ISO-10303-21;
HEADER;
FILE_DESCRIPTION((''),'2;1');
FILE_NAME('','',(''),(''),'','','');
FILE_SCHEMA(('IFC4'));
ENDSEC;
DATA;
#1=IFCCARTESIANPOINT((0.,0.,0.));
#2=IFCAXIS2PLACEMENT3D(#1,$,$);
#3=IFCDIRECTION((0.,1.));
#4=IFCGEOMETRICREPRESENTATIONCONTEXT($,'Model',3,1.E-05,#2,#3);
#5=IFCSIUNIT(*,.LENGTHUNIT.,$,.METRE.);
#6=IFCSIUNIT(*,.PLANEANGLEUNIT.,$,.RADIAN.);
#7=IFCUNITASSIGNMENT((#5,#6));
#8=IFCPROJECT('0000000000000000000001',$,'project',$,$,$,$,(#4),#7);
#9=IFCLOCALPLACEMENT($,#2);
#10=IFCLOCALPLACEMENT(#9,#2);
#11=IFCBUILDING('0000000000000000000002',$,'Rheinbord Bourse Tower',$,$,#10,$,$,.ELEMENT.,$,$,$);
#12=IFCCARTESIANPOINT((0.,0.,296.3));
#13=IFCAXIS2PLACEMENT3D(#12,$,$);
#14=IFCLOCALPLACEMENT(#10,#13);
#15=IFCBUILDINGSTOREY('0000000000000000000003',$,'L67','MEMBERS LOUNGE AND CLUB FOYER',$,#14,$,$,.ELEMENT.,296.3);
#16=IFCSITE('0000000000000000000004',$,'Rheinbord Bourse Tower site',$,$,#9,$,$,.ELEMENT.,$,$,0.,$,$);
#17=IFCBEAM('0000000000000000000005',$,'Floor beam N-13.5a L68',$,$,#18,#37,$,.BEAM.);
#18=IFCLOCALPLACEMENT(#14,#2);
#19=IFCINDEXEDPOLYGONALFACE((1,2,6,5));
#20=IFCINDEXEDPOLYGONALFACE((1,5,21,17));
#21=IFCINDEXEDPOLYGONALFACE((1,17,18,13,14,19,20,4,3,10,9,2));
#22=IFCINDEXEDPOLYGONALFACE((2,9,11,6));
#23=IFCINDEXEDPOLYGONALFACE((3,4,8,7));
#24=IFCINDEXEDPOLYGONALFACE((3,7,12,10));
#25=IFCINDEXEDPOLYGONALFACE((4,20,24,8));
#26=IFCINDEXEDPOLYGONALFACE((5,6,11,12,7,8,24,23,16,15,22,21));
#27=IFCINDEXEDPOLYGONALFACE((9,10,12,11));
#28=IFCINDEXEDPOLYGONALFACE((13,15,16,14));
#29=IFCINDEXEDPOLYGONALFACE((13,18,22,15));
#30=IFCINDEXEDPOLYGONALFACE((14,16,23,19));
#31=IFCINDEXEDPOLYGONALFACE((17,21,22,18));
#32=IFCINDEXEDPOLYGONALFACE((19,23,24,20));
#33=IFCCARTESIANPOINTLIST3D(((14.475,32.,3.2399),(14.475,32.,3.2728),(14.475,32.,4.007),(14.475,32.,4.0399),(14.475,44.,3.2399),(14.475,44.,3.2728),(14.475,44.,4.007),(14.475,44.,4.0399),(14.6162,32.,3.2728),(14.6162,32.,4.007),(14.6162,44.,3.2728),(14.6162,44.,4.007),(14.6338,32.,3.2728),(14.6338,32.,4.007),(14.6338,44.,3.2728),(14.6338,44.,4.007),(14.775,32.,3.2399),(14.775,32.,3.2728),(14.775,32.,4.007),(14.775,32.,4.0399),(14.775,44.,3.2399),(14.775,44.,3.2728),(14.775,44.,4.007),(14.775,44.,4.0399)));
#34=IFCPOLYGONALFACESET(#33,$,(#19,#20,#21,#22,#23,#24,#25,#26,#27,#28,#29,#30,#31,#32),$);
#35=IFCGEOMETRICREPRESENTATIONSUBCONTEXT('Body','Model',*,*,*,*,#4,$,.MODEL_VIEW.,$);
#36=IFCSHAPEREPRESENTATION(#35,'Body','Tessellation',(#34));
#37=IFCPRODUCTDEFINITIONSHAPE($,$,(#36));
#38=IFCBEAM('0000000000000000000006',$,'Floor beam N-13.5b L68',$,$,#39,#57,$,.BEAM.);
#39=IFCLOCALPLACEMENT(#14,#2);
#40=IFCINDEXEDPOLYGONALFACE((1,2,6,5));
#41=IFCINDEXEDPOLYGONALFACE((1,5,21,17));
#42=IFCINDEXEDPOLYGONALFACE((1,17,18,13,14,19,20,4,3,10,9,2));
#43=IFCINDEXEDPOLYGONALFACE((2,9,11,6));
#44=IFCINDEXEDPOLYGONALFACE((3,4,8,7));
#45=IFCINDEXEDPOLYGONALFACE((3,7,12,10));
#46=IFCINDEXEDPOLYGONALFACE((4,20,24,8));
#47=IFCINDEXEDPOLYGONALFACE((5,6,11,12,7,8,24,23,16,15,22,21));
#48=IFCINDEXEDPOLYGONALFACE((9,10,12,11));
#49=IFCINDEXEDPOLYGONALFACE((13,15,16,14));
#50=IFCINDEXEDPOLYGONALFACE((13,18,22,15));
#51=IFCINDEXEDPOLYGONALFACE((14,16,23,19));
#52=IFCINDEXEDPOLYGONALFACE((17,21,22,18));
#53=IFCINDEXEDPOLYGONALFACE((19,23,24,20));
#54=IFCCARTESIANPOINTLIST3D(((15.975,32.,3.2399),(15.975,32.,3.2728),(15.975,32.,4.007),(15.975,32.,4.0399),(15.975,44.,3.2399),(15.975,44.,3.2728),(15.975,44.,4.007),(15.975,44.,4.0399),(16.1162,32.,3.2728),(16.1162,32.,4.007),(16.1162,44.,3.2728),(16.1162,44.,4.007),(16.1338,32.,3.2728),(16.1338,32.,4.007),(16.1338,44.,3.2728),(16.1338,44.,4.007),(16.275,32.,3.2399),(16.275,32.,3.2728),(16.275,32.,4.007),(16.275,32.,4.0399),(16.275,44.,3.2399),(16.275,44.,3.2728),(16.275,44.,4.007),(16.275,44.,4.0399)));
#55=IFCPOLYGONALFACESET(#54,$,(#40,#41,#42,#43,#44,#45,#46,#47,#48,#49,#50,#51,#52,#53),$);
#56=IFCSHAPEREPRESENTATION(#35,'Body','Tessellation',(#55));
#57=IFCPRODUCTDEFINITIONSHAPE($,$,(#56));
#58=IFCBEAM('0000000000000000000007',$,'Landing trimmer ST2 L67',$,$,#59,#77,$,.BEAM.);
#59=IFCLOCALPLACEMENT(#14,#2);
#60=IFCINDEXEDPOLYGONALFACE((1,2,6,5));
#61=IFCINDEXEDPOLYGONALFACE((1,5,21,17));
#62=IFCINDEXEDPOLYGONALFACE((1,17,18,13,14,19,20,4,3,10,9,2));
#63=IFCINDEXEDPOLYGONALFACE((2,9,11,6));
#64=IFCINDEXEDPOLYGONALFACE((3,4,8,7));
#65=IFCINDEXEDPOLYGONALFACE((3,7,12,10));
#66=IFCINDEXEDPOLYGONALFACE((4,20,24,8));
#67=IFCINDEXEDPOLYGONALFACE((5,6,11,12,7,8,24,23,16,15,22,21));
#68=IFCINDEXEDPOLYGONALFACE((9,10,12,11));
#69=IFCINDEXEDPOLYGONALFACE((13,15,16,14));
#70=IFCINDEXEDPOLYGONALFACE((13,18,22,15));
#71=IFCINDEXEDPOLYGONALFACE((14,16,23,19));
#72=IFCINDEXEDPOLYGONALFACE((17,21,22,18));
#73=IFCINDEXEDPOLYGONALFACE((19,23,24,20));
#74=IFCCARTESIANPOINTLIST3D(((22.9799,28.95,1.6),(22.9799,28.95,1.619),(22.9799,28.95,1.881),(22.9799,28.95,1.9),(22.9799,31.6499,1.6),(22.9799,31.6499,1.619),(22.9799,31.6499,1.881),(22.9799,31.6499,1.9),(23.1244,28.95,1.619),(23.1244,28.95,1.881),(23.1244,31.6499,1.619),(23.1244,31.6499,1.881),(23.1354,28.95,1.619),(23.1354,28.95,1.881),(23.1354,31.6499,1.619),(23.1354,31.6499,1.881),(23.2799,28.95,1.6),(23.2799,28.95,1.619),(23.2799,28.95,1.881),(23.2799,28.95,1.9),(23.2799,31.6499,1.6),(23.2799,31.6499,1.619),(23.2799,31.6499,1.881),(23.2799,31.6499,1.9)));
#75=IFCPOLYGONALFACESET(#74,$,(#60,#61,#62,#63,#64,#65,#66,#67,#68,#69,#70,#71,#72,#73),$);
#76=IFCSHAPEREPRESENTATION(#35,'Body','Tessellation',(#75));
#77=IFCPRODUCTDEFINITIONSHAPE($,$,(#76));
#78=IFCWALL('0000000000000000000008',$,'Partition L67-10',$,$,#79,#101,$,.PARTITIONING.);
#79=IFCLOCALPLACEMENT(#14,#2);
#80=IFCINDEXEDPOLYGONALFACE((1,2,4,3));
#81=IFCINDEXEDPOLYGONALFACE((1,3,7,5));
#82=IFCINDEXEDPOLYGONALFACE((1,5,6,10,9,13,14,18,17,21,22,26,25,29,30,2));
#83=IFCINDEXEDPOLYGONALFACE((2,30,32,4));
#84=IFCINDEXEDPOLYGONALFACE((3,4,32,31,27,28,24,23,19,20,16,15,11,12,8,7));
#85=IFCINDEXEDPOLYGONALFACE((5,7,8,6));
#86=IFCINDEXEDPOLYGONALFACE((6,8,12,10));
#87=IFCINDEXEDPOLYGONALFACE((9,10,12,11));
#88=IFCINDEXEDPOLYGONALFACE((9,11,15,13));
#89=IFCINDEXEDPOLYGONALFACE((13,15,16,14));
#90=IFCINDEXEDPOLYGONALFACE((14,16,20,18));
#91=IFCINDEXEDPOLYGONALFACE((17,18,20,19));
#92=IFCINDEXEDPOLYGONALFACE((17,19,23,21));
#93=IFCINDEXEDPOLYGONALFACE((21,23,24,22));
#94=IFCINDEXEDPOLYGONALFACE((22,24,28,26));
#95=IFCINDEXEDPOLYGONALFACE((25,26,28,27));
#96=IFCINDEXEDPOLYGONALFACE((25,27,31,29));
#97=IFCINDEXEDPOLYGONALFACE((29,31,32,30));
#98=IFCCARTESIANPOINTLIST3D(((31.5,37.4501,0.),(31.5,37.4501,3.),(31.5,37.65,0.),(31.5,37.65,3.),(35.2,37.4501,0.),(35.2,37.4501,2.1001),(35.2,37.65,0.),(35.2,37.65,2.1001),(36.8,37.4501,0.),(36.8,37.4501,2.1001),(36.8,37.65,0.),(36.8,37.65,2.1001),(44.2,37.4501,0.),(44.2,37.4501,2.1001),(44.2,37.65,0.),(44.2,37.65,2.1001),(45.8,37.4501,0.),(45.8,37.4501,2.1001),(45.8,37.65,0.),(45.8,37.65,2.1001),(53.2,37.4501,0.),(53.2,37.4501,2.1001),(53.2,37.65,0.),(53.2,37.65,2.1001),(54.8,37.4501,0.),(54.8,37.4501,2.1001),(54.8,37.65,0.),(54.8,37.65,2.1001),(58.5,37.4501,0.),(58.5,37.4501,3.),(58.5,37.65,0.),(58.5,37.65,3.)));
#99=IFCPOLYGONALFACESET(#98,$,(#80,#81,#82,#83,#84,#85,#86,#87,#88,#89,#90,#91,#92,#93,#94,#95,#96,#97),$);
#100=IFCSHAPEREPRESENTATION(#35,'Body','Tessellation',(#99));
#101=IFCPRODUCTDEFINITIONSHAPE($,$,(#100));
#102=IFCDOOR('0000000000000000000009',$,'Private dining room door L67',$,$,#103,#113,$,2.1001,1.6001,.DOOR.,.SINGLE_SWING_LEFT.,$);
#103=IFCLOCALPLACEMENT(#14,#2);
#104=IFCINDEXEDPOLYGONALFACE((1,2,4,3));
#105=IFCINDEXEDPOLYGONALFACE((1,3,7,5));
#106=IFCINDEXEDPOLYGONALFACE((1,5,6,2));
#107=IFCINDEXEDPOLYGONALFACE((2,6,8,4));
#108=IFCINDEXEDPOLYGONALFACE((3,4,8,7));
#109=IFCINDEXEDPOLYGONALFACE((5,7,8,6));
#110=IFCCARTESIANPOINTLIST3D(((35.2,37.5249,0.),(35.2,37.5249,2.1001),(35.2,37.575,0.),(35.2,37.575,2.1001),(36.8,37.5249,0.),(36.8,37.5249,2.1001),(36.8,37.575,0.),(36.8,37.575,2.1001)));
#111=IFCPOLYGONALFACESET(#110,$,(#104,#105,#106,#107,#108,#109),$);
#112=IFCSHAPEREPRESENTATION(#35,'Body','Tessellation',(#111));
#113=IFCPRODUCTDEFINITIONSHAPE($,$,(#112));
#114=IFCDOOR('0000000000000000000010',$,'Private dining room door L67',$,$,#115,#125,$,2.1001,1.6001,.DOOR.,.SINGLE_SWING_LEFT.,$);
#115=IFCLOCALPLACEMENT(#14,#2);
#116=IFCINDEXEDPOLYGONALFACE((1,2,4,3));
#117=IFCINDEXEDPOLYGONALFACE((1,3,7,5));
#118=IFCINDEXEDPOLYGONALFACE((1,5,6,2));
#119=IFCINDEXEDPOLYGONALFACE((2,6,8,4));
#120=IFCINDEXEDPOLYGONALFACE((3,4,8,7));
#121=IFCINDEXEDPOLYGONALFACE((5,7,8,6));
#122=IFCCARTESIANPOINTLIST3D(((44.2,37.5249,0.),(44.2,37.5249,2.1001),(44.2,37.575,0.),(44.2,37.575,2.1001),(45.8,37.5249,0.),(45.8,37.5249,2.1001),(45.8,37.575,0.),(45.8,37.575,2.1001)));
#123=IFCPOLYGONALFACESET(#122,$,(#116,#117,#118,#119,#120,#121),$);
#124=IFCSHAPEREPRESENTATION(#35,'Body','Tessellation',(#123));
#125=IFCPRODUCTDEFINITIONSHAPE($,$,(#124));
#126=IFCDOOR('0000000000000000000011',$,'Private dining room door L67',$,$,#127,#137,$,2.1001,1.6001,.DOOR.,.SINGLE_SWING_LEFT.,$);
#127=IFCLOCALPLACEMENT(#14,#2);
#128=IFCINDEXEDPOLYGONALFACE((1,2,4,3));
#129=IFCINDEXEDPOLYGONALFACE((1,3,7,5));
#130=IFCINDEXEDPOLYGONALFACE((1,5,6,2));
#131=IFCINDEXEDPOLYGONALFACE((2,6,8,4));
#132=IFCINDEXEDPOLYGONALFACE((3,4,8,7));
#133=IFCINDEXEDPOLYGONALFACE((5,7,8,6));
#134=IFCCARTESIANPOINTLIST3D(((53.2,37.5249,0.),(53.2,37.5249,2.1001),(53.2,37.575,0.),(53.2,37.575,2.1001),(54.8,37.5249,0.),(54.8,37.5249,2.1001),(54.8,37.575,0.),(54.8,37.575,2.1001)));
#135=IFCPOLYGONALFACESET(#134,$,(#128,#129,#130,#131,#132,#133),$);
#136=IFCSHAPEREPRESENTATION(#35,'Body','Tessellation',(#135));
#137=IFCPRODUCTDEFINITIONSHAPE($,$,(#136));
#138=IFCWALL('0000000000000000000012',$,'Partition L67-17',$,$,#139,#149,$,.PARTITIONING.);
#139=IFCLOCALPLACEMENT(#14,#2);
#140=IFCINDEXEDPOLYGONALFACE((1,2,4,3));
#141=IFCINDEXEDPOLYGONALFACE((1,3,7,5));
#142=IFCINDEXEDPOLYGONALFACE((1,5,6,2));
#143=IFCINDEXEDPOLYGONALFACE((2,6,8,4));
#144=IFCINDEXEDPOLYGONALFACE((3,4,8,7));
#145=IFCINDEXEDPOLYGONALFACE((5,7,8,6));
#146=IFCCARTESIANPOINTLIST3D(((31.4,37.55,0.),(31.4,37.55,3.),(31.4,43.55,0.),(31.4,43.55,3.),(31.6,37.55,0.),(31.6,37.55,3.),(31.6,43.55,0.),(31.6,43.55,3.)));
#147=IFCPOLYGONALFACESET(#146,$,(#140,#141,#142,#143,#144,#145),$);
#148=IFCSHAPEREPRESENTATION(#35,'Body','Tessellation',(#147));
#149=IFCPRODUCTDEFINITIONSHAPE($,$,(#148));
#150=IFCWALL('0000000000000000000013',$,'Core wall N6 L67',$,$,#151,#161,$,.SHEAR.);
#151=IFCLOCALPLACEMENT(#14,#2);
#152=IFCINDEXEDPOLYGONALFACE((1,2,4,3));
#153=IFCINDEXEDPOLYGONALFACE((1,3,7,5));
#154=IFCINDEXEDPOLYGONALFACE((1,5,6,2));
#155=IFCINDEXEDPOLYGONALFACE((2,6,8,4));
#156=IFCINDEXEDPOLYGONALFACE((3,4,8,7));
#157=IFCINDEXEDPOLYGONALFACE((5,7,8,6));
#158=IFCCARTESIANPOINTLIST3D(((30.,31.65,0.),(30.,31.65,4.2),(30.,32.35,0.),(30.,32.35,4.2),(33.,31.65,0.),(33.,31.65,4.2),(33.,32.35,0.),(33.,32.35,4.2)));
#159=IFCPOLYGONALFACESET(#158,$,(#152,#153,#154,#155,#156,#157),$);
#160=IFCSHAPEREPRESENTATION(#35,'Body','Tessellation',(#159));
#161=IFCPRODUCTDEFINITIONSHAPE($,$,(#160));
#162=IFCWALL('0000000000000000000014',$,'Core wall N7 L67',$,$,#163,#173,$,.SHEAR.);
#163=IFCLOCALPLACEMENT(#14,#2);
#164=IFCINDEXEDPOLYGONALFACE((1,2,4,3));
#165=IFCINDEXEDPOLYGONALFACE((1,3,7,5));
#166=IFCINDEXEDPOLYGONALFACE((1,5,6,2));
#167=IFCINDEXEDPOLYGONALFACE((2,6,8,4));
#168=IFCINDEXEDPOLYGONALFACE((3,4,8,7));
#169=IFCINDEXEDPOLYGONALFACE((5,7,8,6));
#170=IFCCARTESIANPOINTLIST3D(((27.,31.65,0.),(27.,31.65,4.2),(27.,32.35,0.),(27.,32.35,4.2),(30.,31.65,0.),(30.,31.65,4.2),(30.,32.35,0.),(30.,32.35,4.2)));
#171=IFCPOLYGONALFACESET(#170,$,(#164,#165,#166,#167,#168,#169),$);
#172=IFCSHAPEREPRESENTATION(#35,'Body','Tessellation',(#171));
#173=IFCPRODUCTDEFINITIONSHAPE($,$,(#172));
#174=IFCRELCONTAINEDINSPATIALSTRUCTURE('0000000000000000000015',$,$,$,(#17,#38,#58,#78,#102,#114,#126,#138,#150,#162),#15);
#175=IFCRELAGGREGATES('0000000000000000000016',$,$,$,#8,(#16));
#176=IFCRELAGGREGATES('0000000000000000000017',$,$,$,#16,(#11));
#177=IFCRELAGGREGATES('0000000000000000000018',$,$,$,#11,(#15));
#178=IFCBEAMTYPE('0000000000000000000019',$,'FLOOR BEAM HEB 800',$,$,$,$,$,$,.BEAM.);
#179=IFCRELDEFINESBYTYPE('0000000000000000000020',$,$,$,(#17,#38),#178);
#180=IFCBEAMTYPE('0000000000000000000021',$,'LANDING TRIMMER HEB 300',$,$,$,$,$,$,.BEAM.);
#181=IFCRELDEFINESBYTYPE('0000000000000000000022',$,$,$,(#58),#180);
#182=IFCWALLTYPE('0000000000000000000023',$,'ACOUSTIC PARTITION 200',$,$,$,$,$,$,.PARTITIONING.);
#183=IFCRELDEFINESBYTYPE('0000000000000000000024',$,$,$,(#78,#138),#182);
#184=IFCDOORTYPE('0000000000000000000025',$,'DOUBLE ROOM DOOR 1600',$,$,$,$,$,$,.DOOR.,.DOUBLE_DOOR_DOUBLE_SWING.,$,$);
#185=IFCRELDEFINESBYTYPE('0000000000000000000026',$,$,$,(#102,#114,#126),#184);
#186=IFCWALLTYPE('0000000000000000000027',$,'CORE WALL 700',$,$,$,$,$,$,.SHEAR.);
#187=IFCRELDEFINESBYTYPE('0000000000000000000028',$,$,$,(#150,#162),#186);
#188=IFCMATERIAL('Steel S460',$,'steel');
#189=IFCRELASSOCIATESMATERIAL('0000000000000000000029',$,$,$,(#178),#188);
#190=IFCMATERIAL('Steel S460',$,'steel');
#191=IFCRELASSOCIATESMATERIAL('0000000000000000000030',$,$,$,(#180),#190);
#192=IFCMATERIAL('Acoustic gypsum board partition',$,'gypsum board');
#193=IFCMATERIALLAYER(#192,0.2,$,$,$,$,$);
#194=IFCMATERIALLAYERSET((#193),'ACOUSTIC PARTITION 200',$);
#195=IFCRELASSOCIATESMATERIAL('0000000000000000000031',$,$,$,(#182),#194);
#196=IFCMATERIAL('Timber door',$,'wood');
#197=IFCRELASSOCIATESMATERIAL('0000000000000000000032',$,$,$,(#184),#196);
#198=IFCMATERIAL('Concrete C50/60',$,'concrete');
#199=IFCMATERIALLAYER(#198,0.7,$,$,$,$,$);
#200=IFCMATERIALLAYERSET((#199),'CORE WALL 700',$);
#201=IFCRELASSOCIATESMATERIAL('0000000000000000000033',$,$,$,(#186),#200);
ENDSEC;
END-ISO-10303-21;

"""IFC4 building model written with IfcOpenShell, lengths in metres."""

from ifc_helpers import new_model, si_unit, direction, frame, frame_2d, origin, origin_2d, place, context, subcontext, project, spatial, rectangle, i_section, extrude, material, layer, layer_set, material_profile, profile_set, type_object, element, fill, save


model = new_model("IFC4")

# Units and contexts
model_context = context("Model", 3, precision=1e-05, world=origin(), true_north=direction((0.0, 1.0)))
body_context = subcontext(model_context, "Body", "Model", "MODEL_VIEW")
ifc_project = project(units=[si_unit("LENGTHUNIT", "METRE"), si_unit("PLANEANGLEUNIT", "RADIAN")], contexts=[model_context])

# Site, building, storey
site_placement = place(None, origin())
site = spatial("IfcSite", under=ifc_project, at=site_placement, Name="Rheinbord Bourse Tower site", CompositionType="ELEMENT", RefElevation=0.0)
building_placement = place(site_placement, origin())
building = spatial("IfcBuilding", under=site, at=building_placement, Name="Rheinbord Bourse Tower", CompositionType="ELEMENT")
storey_placement = place(building_placement, frame((0.0, 0.0, 296.3)))
storey = spatial("IfcBuildingStorey", under=building, at=storey_placement, Name="L67", Description="MEMBERS LOUNGE AND CLUB FOYER", CompositionType="ELEMENT", Elevation=296.3)

# Beams
ifc_material_1 = material(Name="Steel S460", Category="steel")
ifc_material_profile_1 = material_profile(ifc_material_1, i_section(OverallWidth=0.3, OverallDepth=0.8, WebThickness=0.0176, FlangeThickness=0.033, at=origin_2d()), Name="HEB 800")
ifc_profile_set_1 = profile_set([ifc_material_profile_1], Name="Steel S460")
beam_type_1 = type_object("IfcBeamType", Name="FLOOR BEAM HEB 800", PredefinedType="BEAM", material=ifc_profile_set_1)
for number, where, z_axis, x_axis, name in (
    (1, (14.625, 44.0, 3.6399), (0.0, -1.0, 0.0), (1.0, 0.0, 0.0), "Floor beam N-13.5a L68"),
    (2, (16.125, 44.0, 3.6399), (0.0, -1.0, 0.0), (1.0, 0.0, 0.0), "Floor beam N-13.5b L68"),
):
    element("IfcBeam", number, at=place(storey_placement, frame(where, z_axis=z_axis, x_axis=x_axis)), inside=storey, type_object=beam_type_1, Name=name, PredefinedType="BEAM", context=body_context, shape_type="SweptSolid", body=[
        extrude(i_section(OverallWidth=0.3, OverallDepth=0.8, WebThickness=0.0176, FlangeThickness=0.033, at=origin_2d()), origin(), (0.0, 0.0, 1.0), 12.0),
    ])
ifc_material_2 = material(Name="Steel S460", Category="steel")
ifc_material_profile_2 = material_profile(ifc_material_2, i_section(OverallWidth=0.3, OverallDepth=0.3, WebThickness=0.011, FlangeThickness=0.019, at=origin_2d()), Name="HEB 300")
ifc_profile_set_2 = profile_set([ifc_material_profile_2], Name="Steel S460")
beam_type_2 = type_object("IfcBeamType", Name="LANDING TRIMMER HEB 300", PredefinedType="BEAM", material=ifc_profile_set_2)
beam_placement = place(storey_placement, frame((23.1299, 28.95, 1.75), z_axis=(0.0, 1.0, 0.0), x_axis=(-1.0, 0.0, 0.0)))
element("IfcBeam", 3, at=beam_placement, inside=storey, type_object=beam_type_2, Name="Landing trimmer ST2 L67", PredefinedType="BEAM", context=body_context, shape_type="SweptSolid", body=[
    extrude(i_section(OverallWidth=0.3, OverallDepth=0.3, WebThickness=0.011, FlangeThickness=0.019, at=origin_2d()), origin(), (0.0, 0.0, 1.0), 2.7),
])

# Wall, openings, doors
ifc_material_3 = material(Name="Acoustic gypsum board partition", Category="gypsum board")
ifc_layer_1 = layer(ifc_material_3, 0.2)
ifc_layer_set_1 = layer_set([ifc_layer_1], Name="ACOUSTIC PARTITION 200")
wall_type_1 = type_object("IfcWallType", Name="ACOUSTIC PARTITION 200", PredefinedType="PARTITIONING", material=ifc_layer_set_1)
wall_1_placement = place(storey_placement, frame((31.5, 37.55, 0.0), z_axis=(0.0, 0.0, 1.0), x_axis=(1.0, 0.0, 0.0)))
wall_1 = element("IfcWall", 4, at=wall_1_placement, inside=storey, type_object=wall_type_1, Name="Partition L67-10", PredefinedType="PARTITIONING", context=body_context, shape_type="SweptSolid", body=[
    extrude(rectangle(XDim=27.0, YDim=0.2, at=frame_2d((13.5, 0.0))), origin(), (0.0, 0.0, 1.0), 3.0),
])
opening_1_placement = place(wall_1_placement, frame((3.7, 0.0, 0.0)))
opening_1 = element("IfcOpeningElement", 5, at=opening_1_placement, cuts=wall_1, PredefinedType="OPENING", context=body_context, shape_type="SweptSolid", body=[
    extrude(rectangle(XDim=1.6001, YDim=2.1001, at=frame_2d((0.8, 1.05))), frame((0.0, 0.1099, 0.0), z_axis=(0.0, -1.0, 0.0), x_axis=(1.0, 0.0, 0.0)), (0.0, 0.0, 1.0), 0.22),
])
opening_2_placement = place(wall_1_placement, frame((12.7, 0.0, 0.0)))
opening_2 = element("IfcOpeningElement", 6, at=opening_2_placement, cuts=wall_1, PredefinedType="OPENING", context=body_context, shape_type="SweptSolid", body=[
    extrude(rectangle(XDim=1.6001, YDim=2.1001, at=frame_2d((0.8, 1.05))), frame((0.0, 0.1099, 0.0), z_axis=(0.0, -1.0, 0.0), x_axis=(1.0, 0.0, 0.0)), (0.0, 0.0, 1.0), 0.22),
])
opening_3_placement = place(wall_1_placement, frame((21.7, 0.0, 0.0)))
opening_3 = element("IfcOpeningElement", 7, at=opening_3_placement, cuts=wall_1, PredefinedType="OPENING", context=body_context, shape_type="SweptSolid", body=[
    extrude(rectangle(XDim=1.6001, YDim=2.1001, at=frame_2d((0.8, 1.05))), frame((0.0, 0.1099, 0.0), z_axis=(0.0, -1.0, 0.0), x_axis=(1.0, 0.0, 0.0)), (0.0, 0.0, 1.0), 0.22),
])
ifc_material_4 = material(Name="Timber door", Category="wood")
door_type = type_object("IfcDoorType", Name="DOUBLE ROOM DOOR 1600", OperationType="DOUBLE_DOOR_DOUBLE_SWING", PredefinedType="DOOR", material=ifc_material_4)
door_1_placement = place(opening_1_placement, origin())
door_1 = element("IfcDoor", 8, at=door_1_placement, inside=storey, type_object=door_type, Name="Private dining room door L67", OperationType="SINGLE_SWING_LEFT", OverallHeight=2.1001, OverallWidth=1.6001, PredefinedType="DOOR", context=body_context, shape_type="SweptSolid", body=[
    extrude(rectangle(XDim=1.6001, YDim=2.1001, at=frame_2d((0.8, 1.05))), frame((0.0, 0.0249, 0.0), z_axis=(0.0, -1.0, 0.0), x_axis=(1.0, 0.0, 0.0)), (0.0, 0.0, 1.0), 0.05),
])
fill(opening_1, door_1)
door_2_placement = place(opening_2_placement, origin())
door_2 = element("IfcDoor", 9, at=door_2_placement, inside=storey, type_object=door_type, Name="Private dining room door L67", OperationType="SINGLE_SWING_LEFT", OverallHeight=2.1001, OverallWidth=1.6001, PredefinedType="DOOR", context=body_context, shape_type="SweptSolid", body=[
    extrude(rectangle(XDim=1.6001, YDim=2.1001, at=frame_2d((0.8, 1.05))), frame((0.0, 0.0249, 0.0), z_axis=(0.0, -1.0, 0.0), x_axis=(1.0, 0.0, 0.0)), (0.0, 0.0, 1.0), 0.05),
])
fill(opening_2, door_2)
door_3_placement = place(opening_3_placement, origin())
door_3 = element("IfcDoor", 10, at=door_3_placement, inside=storey, type_object=door_type, Name="Private dining room door L67", OperationType="SINGLE_SWING_LEFT", OverallHeight=2.1001, OverallWidth=1.6001, PredefinedType="DOOR", context=body_context, shape_type="SweptSolid", body=[
    extrude(rectangle(XDim=1.6001, YDim=2.1001, at=frame_2d((0.8, 1.05))), frame((0.0, 0.0249, 0.0), z_axis=(0.0, -1.0, 0.0), x_axis=(1.0, 0.0, 0.0)), (0.0, 0.0, 1.0), 0.05),
])
fill(opening_3, door_3)

# Walls
wall_2_placement = place(storey_placement, frame((31.5, 37.55, 0.0), z_axis=(0.0, 0.0, 1.0), x_axis=(0.0, 1.0, 0.0)))
element("IfcWall", 11, at=wall_2_placement, inside=storey, type_object=wall_type_1, Name="Partition L67-17", PredefinedType="PARTITIONING", context=body_context, shape_type="SweptSolid", body=[
    extrude(rectangle(XDim=6.0, YDim=0.2, at=frame_2d((3.0, 0.0))), origin(), (0.0, 0.0, 1.0), 3.0),
])
ifc_material_5 = material(Name="Concrete C50/60", Category="concrete")
ifc_layer_2 = layer(ifc_material_5, 0.7)
ifc_layer_set_2 = layer_set([ifc_layer_2], Name="CORE WALL 700")
wall_type_2 = type_object("IfcWallType", Name="CORE WALL 700", PredefinedType="SHEAR", material=ifc_layer_set_2)
for number, where, z_axis, x_axis, name in (
    (12, (33.0, 32.0, 0.0), (0.0, 0.0, 1.0), (-1.0, 0.0, 0.0), "Core wall N6 L67"),
    (13, (30.0, 32.0, 0.0), (0.0, 0.0, 1.0), (-1.0, 0.0, 0.0), "Core wall N7 L67"),
):
    element("IfcWall", number, at=place(storey_placement, frame(where, z_axis=z_axis, x_axis=x_axis)), inside=storey, type_object=wall_type_2, Name=name, PredefinedType="SHEAR", context=body_context, shape_type="SweptSolid", body=[
        extrude(rectangle(XDim=3.0, YDim=0.7, at=frame_2d((1.5, 0.0))), origin(), (0.0, 0.0, 1.0), 4.2),
    ])

save(model, "model.ifc")
